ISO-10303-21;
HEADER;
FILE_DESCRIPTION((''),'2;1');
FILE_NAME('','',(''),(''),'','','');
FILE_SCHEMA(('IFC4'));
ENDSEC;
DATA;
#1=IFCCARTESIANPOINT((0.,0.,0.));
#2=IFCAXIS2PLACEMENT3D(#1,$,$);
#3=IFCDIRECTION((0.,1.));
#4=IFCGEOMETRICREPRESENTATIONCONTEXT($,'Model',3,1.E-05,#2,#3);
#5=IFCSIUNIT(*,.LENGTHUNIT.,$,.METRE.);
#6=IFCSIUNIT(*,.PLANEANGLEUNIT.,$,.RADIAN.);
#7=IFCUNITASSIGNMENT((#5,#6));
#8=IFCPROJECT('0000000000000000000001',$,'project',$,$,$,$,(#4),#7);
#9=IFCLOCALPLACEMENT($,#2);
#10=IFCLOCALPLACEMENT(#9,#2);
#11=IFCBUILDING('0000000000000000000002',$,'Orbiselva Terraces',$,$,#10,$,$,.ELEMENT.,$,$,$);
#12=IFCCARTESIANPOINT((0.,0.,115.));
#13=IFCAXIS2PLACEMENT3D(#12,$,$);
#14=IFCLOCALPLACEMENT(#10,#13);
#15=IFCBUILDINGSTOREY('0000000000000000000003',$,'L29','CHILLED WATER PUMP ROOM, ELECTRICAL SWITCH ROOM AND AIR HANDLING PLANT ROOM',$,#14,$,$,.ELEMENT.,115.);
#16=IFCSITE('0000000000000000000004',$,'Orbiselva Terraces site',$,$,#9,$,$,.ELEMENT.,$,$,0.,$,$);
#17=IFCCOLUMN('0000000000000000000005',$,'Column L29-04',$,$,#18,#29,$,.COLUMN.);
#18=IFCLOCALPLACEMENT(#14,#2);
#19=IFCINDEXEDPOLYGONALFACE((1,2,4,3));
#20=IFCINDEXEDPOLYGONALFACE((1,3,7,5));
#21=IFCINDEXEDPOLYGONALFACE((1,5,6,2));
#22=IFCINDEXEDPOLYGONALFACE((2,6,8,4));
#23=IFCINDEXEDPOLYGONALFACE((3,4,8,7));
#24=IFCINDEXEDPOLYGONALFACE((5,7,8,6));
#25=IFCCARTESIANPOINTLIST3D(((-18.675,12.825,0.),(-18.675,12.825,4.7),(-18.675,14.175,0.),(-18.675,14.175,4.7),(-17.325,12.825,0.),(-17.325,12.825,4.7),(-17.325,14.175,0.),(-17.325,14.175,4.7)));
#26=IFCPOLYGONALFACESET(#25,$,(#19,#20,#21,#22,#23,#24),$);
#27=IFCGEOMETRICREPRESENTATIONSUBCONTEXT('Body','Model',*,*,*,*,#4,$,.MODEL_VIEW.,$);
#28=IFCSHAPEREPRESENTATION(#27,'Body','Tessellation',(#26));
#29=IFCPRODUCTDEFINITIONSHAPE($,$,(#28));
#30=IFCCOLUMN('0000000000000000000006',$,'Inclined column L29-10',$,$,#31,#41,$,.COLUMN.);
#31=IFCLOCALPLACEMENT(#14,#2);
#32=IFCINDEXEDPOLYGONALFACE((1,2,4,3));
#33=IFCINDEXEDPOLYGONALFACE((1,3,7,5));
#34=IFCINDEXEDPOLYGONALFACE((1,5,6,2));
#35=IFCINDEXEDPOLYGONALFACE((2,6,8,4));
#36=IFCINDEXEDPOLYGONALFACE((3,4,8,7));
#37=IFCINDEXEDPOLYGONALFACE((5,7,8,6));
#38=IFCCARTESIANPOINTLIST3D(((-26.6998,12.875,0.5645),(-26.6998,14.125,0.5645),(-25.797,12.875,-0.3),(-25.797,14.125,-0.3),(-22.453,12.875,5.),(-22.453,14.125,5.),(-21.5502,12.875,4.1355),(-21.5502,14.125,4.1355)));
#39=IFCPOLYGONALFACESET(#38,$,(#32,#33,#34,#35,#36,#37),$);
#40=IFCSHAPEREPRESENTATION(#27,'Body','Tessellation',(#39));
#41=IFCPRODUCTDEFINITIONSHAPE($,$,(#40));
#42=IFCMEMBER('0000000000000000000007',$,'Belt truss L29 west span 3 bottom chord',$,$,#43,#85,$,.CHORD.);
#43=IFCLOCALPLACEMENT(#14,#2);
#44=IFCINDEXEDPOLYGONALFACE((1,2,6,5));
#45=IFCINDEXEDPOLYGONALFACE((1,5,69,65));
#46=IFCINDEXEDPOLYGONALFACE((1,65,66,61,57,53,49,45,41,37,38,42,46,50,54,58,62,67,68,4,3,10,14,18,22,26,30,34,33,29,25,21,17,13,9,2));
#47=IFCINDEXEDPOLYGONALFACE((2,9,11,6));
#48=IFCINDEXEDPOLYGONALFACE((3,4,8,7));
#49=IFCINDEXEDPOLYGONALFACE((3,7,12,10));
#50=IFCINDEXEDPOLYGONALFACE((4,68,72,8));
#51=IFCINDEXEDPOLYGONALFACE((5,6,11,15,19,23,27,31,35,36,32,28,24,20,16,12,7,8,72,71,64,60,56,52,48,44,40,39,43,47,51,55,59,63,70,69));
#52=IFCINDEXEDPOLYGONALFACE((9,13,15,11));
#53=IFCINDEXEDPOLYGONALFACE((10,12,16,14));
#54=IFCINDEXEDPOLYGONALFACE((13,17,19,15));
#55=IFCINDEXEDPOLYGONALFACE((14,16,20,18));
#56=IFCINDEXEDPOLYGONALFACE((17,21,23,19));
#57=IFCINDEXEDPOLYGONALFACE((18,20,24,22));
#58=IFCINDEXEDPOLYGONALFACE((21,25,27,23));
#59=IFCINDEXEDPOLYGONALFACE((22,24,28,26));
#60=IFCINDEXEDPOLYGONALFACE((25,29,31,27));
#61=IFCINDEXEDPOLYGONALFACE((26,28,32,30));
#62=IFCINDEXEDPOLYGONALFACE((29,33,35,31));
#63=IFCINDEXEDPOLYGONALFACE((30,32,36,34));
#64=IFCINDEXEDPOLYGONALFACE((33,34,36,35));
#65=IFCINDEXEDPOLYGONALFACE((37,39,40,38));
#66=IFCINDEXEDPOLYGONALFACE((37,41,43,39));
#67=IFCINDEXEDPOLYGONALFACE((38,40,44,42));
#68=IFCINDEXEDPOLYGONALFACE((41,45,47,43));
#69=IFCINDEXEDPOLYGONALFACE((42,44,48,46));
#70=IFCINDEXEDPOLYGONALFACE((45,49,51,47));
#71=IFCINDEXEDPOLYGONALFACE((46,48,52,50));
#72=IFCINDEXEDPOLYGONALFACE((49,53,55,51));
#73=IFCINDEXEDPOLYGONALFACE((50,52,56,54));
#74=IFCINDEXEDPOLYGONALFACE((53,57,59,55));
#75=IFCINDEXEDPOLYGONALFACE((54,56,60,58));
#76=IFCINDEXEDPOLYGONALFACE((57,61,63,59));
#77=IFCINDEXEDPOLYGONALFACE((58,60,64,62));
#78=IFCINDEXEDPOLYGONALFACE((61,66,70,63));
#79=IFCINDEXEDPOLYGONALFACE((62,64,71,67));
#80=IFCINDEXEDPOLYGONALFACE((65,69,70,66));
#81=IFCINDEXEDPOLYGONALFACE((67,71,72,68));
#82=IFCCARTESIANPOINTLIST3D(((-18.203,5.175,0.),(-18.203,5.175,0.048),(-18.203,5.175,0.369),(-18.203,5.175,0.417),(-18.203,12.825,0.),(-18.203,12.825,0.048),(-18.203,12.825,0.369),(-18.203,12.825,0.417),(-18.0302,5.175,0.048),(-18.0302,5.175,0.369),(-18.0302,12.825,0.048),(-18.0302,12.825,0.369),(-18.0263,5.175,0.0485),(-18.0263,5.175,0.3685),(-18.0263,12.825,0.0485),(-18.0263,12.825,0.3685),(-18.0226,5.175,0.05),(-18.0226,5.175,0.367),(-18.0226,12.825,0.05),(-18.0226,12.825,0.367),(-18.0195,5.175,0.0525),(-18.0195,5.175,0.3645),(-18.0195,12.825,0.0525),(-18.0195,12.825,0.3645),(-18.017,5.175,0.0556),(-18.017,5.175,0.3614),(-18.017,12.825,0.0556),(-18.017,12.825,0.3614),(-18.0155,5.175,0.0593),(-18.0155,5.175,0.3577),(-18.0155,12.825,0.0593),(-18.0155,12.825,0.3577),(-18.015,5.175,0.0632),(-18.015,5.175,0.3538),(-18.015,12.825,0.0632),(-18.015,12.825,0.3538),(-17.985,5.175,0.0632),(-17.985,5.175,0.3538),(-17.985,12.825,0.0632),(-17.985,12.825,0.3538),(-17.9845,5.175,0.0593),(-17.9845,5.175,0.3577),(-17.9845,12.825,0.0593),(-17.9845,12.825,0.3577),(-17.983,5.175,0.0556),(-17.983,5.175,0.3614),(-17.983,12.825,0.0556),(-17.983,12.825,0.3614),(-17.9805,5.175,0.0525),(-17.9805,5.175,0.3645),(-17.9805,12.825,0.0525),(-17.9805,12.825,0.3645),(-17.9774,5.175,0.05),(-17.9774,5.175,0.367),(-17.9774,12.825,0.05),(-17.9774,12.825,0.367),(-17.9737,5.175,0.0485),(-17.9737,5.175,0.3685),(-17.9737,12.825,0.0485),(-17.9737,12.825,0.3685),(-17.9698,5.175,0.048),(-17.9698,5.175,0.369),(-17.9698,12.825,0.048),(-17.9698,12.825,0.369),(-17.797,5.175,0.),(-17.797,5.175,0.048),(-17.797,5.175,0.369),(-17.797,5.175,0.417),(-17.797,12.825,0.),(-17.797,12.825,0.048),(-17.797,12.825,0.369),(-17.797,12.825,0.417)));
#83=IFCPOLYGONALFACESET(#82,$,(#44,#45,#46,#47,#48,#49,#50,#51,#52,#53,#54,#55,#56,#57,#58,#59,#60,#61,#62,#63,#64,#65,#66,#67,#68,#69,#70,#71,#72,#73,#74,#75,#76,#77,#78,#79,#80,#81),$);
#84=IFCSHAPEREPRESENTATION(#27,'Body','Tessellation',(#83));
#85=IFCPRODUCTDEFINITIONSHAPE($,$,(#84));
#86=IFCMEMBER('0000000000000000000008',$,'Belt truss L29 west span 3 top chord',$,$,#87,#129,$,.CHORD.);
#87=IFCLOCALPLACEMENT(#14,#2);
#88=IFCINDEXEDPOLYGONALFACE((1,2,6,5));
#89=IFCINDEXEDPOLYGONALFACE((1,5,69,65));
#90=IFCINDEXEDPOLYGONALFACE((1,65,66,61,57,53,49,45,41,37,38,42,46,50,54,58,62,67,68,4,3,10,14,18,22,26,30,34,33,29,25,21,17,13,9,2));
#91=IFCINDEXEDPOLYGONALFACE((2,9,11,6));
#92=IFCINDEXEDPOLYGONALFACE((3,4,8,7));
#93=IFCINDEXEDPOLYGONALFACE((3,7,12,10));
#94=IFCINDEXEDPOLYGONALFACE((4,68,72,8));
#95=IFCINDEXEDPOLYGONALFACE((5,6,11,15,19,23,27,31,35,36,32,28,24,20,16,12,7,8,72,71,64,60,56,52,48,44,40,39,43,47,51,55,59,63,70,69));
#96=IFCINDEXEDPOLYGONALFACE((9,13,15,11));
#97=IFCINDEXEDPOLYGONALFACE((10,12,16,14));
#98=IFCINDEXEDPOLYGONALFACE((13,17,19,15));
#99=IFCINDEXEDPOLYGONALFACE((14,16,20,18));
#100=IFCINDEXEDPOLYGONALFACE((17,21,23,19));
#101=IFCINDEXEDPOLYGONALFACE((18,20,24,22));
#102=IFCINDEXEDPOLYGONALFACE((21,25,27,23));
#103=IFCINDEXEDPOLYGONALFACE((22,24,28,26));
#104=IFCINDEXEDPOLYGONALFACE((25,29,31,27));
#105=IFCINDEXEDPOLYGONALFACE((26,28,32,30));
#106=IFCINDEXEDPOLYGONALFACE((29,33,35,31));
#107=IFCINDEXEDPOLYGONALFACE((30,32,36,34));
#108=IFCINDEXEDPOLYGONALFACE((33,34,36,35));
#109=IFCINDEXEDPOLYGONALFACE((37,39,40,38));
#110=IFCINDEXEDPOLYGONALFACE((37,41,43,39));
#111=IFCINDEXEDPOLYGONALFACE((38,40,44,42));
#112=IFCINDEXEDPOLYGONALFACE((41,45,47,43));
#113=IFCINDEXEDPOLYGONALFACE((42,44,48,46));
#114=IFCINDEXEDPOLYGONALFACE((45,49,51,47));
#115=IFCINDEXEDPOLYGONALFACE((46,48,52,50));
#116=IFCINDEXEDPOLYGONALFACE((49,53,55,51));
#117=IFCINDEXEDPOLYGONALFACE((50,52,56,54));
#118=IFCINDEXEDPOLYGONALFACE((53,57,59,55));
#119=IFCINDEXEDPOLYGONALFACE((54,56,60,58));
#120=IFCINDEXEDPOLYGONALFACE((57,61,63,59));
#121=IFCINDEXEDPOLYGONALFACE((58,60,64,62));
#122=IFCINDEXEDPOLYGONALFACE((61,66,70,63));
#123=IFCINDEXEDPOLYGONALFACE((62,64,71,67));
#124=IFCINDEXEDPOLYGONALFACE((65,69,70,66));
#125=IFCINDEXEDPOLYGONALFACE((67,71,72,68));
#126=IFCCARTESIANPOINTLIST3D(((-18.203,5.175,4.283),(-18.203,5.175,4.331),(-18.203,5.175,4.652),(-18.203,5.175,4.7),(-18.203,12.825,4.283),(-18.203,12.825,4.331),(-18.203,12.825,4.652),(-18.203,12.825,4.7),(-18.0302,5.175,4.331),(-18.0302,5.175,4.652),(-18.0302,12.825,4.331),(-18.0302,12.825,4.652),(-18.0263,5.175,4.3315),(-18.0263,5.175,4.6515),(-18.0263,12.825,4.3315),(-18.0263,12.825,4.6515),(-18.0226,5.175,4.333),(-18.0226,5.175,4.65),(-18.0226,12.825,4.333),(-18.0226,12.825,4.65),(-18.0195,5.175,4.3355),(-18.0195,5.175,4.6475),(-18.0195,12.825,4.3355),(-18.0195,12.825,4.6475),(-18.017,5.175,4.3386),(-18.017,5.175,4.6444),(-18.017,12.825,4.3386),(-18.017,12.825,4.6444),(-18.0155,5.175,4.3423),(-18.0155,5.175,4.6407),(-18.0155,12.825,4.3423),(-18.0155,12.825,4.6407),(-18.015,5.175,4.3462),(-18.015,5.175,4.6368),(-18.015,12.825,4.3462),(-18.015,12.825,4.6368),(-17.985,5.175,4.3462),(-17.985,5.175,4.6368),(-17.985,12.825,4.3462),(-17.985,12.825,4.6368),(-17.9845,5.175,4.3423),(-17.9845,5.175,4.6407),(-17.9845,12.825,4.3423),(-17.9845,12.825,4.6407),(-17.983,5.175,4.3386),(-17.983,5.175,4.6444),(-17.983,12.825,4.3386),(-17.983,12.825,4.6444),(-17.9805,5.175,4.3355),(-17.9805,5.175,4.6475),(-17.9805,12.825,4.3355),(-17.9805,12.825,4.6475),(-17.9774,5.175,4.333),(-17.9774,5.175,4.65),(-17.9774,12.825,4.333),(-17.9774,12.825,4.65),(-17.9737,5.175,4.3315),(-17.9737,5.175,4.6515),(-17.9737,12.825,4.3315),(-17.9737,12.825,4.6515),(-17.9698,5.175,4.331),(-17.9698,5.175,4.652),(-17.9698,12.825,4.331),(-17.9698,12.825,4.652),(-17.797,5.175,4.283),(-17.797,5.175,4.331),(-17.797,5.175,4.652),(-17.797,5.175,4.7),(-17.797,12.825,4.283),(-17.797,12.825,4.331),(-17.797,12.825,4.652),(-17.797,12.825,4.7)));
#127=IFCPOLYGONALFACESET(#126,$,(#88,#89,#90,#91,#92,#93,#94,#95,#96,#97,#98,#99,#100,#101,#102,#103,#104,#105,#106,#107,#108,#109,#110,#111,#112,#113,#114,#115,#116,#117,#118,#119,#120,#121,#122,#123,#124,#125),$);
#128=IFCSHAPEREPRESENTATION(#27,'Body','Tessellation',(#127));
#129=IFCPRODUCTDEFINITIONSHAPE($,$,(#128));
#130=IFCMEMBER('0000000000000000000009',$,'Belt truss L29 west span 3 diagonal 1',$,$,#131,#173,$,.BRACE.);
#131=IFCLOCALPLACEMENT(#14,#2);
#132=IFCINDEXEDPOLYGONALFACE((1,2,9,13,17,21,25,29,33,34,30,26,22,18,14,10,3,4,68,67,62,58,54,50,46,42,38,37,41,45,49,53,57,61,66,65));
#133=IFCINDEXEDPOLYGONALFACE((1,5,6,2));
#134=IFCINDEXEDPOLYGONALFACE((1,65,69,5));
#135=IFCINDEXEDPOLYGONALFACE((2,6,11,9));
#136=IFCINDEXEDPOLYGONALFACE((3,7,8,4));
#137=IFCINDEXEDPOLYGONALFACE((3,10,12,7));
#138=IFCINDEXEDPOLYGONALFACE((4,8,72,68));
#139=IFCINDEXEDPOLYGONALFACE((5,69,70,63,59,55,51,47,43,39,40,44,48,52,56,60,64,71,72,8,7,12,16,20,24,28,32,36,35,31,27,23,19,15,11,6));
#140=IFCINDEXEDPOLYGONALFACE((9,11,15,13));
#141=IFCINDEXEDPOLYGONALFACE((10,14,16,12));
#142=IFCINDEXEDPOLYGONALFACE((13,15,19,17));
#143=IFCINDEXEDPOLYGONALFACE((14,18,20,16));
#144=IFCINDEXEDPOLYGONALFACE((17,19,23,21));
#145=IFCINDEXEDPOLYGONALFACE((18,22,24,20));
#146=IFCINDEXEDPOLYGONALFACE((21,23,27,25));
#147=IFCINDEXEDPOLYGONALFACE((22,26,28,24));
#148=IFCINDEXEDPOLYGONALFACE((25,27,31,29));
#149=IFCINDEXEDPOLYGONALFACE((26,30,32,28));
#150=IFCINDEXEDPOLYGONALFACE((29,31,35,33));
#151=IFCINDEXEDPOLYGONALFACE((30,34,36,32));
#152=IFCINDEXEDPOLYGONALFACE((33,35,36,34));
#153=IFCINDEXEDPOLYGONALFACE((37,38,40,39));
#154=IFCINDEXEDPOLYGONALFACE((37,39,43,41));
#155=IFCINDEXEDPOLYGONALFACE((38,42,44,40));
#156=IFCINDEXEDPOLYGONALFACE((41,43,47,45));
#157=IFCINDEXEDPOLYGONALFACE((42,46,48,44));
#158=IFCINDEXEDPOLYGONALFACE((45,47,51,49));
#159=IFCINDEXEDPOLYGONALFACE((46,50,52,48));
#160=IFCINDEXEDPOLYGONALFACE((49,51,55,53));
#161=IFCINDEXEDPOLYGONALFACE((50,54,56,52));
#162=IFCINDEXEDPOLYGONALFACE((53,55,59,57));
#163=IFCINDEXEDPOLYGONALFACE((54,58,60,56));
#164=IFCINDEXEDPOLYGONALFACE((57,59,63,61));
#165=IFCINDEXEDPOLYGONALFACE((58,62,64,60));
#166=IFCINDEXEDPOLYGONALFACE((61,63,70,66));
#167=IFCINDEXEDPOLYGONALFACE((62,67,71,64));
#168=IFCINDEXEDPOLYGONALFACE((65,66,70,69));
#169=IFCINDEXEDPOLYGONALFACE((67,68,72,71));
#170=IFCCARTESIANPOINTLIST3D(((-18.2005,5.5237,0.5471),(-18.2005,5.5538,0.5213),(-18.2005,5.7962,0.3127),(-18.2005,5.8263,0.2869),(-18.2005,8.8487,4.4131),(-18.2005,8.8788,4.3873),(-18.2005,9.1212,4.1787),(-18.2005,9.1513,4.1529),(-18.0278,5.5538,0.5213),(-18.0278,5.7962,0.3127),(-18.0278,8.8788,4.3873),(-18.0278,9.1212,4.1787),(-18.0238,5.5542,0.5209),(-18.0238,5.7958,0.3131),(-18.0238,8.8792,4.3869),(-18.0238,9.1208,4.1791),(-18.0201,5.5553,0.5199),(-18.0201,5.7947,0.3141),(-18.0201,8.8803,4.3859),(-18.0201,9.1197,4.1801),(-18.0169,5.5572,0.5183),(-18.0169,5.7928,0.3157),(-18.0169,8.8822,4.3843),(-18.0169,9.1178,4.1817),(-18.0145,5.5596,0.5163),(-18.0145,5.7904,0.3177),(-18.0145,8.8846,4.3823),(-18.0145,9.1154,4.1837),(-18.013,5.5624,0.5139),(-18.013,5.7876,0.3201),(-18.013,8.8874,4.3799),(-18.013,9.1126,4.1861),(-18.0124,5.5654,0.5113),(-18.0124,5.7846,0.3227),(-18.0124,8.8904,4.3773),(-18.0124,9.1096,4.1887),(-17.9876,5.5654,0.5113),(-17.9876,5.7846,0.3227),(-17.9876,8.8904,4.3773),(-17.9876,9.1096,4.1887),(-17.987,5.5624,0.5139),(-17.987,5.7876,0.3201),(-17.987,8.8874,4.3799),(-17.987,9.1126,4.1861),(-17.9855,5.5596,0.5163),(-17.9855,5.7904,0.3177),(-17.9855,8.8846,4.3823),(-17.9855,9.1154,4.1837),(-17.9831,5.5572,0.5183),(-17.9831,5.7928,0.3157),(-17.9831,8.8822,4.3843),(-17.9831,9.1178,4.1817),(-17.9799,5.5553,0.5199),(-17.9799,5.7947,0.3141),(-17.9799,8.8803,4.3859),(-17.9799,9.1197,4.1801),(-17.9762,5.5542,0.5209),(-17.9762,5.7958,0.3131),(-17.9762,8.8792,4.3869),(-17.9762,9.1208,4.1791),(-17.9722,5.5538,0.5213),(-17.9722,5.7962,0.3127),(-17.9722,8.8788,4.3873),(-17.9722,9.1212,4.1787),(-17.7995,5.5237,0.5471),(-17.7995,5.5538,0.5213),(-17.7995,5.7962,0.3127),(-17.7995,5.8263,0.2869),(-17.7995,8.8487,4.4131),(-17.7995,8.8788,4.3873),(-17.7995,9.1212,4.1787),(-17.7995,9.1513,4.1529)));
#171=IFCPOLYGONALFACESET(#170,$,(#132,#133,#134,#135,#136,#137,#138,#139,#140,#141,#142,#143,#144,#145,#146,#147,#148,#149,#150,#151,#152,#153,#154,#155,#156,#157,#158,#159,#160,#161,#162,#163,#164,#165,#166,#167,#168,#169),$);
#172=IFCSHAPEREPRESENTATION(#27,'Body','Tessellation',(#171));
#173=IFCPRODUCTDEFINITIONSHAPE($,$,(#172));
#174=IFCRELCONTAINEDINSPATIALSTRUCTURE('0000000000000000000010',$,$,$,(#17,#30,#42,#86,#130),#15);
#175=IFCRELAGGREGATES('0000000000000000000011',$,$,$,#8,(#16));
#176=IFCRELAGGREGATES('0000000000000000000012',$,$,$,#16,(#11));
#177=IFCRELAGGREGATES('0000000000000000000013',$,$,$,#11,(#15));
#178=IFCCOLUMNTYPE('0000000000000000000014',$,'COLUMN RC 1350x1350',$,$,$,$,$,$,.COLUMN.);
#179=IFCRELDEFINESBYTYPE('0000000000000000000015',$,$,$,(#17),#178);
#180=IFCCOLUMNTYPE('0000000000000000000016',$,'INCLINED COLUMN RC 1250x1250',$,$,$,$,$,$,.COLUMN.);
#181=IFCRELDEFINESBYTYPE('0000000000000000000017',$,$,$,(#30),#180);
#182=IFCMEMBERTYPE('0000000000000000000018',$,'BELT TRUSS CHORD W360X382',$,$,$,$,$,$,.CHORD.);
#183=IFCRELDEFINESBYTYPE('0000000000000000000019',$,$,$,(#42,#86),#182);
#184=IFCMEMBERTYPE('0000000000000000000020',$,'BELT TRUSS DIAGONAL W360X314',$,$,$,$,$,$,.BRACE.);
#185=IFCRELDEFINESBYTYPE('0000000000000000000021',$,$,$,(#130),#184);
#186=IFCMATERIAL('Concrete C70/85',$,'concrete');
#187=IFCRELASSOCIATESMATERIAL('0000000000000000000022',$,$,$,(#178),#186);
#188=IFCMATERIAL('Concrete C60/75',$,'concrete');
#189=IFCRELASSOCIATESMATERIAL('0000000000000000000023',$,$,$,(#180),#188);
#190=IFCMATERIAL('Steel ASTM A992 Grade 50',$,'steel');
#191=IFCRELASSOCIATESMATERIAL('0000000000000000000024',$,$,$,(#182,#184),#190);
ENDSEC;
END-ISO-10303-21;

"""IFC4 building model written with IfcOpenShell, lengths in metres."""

from ifc_helpers import new_model, si_unit, direction, frame, origin, origin_2d, place, context, subcontext, project, spatial, rectangle, i_section, extrude, material, material_profile, profile_set, type_object, element, save


model = new_model("IFC4")

# Units and contexts
model_context = context("Model", 3, precision=1e-05, world=origin(), true_north=direction((0.0, 1.0)))
body_context = subcontext(model_context, "Body", "Model", "MODEL_VIEW")
ifc_project = project(units=[si_unit("LENGTHUNIT", "METRE"), si_unit("PLANEANGLEUNIT", "RADIAN")], contexts=[model_context])

# Site, building, storey
site_placement = place(None, origin())
site = spatial("IfcSite", under=ifc_project, at=site_placement, Name="Orbiselva Terraces site", CompositionType="ELEMENT", RefElevation=0.0)
building_placement = place(site_placement, origin())
building = spatial("IfcBuilding", under=site, at=building_placement, Name="Orbiselva Terraces", CompositionType="ELEMENT")
storey_placement = place(building_placement, frame((0.0, 0.0, 115.0)))
storey = spatial("IfcBuildingStorey", under=building, at=storey_placement, Name="L29", Description="CHILLED WATER PUMP ROOM, ELECTRICAL SWITCH ROOM AND AIR HANDLING PLANT ROOM", CompositionType="ELEMENT", Elevation=115.0)

# Columns
ifc_material_1 = material(Name="Concrete C70/85", Category="concrete")
ifc_material_profile_1 = material_profile(ifc_material_1, rectangle(XDim=1.35, YDim=1.35, at=origin_2d()), Name="RC 1350x1350")
ifc_profile_set_1 = profile_set([ifc_material_profile_1], Name="Concrete C70/85")
column_type_1 = type_object("IfcColumnType", Name="COLUMN RC 1350x1350", PredefinedType="COLUMN", material=ifc_profile_set_1)
column_1_placement = place(storey_placement, frame((-18.0, 13.5, 0.0), z_axis=(0.0, 0.0, 1.0), x_axis=(1.0, 0.0, 0.0)))
element("IfcColumn", 1, at=column_1_placement, inside=storey, type_object=column_type_1, Name="Column L29-04", PredefinedType="COLUMN", context=body_context, shape_type="SweptSolid", body=[
    extrude(rectangle(XDim=1.35, YDim=1.35, at=origin_2d()), origin(), (0.0, 0.0, 1.0), 4.7),
])
ifc_material_2 = material(Name="Concrete C60/75", Category="concrete")
ifc_material_profile_2 = material_profile(ifc_material_2, rectangle(XDim=1.25, YDim=1.25, at=origin_2d()), Name="RC 1250x1250")
ifc_profile_set_2 = profile_set([ifc_material_profile_2], Name="Concrete C60/75")
column_type_2 = type_object("IfcColumnType", Name="INCLINED COLUMN RC 1250x1250", PredefinedType="COLUMN", material=ifc_profile_set_2)
column_2_placement = place(storey_placement, frame((-26.2484, 13.5, 0.1322), z_axis=(0.691572, 0.0, 0.722308), x_axis=(0.0, 1.0, 0.0)))
element("IfcColumn", 2, at=column_2_placement, inside=storey, type_object=column_type_2, Name="Inclined column L29-10", PredefinedType="COLUMN", context=body_context, shape_type="SweptSolid", body=[
    extrude(rectangle(XDim=1.25, YDim=1.25, at=origin_2d()), origin(), (0.0, 0.0, 1.0), 6.1408),
])

# Members
ifc_material_3 = material(Name="Steel ASTM A992 Grade 50", Category="steel")
ifc_material_profile_3 = material_profile(ifc_material_3, i_section(OverallWidth=0.406, OverallDepth=0.417, WebThickness=0.03, FlangeThickness=0.048, FilletRadius=0.0152, at=origin_2d()), Name="W360X382")
ifc_profile_set_3 = profile_set([ifc_material_profile_3], Name="Steel ASTM A992 Grade 50")
member_type_1 = type_object("IfcMemberType", Name="BELT TRUSS CHORD W360X382", PredefinedType="CHORD", material=ifc_profile_set_3)
for number, where, z_axis, x_axis, name in (
    (3, (-18.0, 5.175, 0.2085), (0.0, 1.0, 0.0), (-1.0, 0.0, 0.0), "Belt truss L29 west span 3 bottom chord"),
    (4, (-18.0, 5.175, 4.4915), (0.0, 1.0, 0.0), (-1.0, 0.0, 0.0), "Belt truss L29 west span 3 top chord"),
):
    element("IfcMember", number, at=place(storey_placement, frame(where, z_axis=z_axis, x_axis=x_axis)), inside=storey, type_object=member_type_1, Name=name, PredefinedType="CHORD", context=body_context, shape_type="SweptSolid", body=[
        extrude(i_section(OverallWidth=0.406, OverallDepth=0.417, WebThickness=0.03, FlangeThickness=0.048, FilletRadius=0.0152, at=origin_2d()), origin(), (0.0, 0.0, 1.0), 7.65),
    ])
ifc_material_profile_4 = material_profile(ifc_material_3, i_section(OverallWidth=0.401, OverallDepth=0.399, WebThickness=0.0249, FlangeThickness=0.0396, FilletRadius=0.0153, at=origin_2d()), Name="W360X314")
ifc_profile_set_4 = profile_set([ifc_material_profile_4], Name="Steel ASTM A992 Grade 50")
member_type_2 = type_object("IfcMemberType", Name="BELT TRUSS DIAGONAL W360X314", PredefinedType="BRACE", material=ifc_profile_set_4)
for number, where, z_axis, x_axis, name in (
    (5, (-18.0, 5.675, 0.417), (0.0, 0.652066, 0.758162), (-1.0, 0.0, 0.0), "Belt truss L29 west span 3 diagonal 1"),
):
    element("IfcMember", number, at=place(storey_placement, frame(where, z_axis=z_axis, x_axis=x_axis)), inside=storey, type_object=member_type_2, Name=name, PredefinedType="BRACE", context=body_context, shape_type="SweptSolid", body=[
        extrude(i_section(OverallWidth=0.401, OverallDepth=0.399, WebThickness=0.0249, FlangeThickness=0.0396, FilletRadius=0.0153, at=origin_2d()), origin(), (0.0, 0.0, 1.0), 5.0992),
    ])

save(model, "model.ifc")
